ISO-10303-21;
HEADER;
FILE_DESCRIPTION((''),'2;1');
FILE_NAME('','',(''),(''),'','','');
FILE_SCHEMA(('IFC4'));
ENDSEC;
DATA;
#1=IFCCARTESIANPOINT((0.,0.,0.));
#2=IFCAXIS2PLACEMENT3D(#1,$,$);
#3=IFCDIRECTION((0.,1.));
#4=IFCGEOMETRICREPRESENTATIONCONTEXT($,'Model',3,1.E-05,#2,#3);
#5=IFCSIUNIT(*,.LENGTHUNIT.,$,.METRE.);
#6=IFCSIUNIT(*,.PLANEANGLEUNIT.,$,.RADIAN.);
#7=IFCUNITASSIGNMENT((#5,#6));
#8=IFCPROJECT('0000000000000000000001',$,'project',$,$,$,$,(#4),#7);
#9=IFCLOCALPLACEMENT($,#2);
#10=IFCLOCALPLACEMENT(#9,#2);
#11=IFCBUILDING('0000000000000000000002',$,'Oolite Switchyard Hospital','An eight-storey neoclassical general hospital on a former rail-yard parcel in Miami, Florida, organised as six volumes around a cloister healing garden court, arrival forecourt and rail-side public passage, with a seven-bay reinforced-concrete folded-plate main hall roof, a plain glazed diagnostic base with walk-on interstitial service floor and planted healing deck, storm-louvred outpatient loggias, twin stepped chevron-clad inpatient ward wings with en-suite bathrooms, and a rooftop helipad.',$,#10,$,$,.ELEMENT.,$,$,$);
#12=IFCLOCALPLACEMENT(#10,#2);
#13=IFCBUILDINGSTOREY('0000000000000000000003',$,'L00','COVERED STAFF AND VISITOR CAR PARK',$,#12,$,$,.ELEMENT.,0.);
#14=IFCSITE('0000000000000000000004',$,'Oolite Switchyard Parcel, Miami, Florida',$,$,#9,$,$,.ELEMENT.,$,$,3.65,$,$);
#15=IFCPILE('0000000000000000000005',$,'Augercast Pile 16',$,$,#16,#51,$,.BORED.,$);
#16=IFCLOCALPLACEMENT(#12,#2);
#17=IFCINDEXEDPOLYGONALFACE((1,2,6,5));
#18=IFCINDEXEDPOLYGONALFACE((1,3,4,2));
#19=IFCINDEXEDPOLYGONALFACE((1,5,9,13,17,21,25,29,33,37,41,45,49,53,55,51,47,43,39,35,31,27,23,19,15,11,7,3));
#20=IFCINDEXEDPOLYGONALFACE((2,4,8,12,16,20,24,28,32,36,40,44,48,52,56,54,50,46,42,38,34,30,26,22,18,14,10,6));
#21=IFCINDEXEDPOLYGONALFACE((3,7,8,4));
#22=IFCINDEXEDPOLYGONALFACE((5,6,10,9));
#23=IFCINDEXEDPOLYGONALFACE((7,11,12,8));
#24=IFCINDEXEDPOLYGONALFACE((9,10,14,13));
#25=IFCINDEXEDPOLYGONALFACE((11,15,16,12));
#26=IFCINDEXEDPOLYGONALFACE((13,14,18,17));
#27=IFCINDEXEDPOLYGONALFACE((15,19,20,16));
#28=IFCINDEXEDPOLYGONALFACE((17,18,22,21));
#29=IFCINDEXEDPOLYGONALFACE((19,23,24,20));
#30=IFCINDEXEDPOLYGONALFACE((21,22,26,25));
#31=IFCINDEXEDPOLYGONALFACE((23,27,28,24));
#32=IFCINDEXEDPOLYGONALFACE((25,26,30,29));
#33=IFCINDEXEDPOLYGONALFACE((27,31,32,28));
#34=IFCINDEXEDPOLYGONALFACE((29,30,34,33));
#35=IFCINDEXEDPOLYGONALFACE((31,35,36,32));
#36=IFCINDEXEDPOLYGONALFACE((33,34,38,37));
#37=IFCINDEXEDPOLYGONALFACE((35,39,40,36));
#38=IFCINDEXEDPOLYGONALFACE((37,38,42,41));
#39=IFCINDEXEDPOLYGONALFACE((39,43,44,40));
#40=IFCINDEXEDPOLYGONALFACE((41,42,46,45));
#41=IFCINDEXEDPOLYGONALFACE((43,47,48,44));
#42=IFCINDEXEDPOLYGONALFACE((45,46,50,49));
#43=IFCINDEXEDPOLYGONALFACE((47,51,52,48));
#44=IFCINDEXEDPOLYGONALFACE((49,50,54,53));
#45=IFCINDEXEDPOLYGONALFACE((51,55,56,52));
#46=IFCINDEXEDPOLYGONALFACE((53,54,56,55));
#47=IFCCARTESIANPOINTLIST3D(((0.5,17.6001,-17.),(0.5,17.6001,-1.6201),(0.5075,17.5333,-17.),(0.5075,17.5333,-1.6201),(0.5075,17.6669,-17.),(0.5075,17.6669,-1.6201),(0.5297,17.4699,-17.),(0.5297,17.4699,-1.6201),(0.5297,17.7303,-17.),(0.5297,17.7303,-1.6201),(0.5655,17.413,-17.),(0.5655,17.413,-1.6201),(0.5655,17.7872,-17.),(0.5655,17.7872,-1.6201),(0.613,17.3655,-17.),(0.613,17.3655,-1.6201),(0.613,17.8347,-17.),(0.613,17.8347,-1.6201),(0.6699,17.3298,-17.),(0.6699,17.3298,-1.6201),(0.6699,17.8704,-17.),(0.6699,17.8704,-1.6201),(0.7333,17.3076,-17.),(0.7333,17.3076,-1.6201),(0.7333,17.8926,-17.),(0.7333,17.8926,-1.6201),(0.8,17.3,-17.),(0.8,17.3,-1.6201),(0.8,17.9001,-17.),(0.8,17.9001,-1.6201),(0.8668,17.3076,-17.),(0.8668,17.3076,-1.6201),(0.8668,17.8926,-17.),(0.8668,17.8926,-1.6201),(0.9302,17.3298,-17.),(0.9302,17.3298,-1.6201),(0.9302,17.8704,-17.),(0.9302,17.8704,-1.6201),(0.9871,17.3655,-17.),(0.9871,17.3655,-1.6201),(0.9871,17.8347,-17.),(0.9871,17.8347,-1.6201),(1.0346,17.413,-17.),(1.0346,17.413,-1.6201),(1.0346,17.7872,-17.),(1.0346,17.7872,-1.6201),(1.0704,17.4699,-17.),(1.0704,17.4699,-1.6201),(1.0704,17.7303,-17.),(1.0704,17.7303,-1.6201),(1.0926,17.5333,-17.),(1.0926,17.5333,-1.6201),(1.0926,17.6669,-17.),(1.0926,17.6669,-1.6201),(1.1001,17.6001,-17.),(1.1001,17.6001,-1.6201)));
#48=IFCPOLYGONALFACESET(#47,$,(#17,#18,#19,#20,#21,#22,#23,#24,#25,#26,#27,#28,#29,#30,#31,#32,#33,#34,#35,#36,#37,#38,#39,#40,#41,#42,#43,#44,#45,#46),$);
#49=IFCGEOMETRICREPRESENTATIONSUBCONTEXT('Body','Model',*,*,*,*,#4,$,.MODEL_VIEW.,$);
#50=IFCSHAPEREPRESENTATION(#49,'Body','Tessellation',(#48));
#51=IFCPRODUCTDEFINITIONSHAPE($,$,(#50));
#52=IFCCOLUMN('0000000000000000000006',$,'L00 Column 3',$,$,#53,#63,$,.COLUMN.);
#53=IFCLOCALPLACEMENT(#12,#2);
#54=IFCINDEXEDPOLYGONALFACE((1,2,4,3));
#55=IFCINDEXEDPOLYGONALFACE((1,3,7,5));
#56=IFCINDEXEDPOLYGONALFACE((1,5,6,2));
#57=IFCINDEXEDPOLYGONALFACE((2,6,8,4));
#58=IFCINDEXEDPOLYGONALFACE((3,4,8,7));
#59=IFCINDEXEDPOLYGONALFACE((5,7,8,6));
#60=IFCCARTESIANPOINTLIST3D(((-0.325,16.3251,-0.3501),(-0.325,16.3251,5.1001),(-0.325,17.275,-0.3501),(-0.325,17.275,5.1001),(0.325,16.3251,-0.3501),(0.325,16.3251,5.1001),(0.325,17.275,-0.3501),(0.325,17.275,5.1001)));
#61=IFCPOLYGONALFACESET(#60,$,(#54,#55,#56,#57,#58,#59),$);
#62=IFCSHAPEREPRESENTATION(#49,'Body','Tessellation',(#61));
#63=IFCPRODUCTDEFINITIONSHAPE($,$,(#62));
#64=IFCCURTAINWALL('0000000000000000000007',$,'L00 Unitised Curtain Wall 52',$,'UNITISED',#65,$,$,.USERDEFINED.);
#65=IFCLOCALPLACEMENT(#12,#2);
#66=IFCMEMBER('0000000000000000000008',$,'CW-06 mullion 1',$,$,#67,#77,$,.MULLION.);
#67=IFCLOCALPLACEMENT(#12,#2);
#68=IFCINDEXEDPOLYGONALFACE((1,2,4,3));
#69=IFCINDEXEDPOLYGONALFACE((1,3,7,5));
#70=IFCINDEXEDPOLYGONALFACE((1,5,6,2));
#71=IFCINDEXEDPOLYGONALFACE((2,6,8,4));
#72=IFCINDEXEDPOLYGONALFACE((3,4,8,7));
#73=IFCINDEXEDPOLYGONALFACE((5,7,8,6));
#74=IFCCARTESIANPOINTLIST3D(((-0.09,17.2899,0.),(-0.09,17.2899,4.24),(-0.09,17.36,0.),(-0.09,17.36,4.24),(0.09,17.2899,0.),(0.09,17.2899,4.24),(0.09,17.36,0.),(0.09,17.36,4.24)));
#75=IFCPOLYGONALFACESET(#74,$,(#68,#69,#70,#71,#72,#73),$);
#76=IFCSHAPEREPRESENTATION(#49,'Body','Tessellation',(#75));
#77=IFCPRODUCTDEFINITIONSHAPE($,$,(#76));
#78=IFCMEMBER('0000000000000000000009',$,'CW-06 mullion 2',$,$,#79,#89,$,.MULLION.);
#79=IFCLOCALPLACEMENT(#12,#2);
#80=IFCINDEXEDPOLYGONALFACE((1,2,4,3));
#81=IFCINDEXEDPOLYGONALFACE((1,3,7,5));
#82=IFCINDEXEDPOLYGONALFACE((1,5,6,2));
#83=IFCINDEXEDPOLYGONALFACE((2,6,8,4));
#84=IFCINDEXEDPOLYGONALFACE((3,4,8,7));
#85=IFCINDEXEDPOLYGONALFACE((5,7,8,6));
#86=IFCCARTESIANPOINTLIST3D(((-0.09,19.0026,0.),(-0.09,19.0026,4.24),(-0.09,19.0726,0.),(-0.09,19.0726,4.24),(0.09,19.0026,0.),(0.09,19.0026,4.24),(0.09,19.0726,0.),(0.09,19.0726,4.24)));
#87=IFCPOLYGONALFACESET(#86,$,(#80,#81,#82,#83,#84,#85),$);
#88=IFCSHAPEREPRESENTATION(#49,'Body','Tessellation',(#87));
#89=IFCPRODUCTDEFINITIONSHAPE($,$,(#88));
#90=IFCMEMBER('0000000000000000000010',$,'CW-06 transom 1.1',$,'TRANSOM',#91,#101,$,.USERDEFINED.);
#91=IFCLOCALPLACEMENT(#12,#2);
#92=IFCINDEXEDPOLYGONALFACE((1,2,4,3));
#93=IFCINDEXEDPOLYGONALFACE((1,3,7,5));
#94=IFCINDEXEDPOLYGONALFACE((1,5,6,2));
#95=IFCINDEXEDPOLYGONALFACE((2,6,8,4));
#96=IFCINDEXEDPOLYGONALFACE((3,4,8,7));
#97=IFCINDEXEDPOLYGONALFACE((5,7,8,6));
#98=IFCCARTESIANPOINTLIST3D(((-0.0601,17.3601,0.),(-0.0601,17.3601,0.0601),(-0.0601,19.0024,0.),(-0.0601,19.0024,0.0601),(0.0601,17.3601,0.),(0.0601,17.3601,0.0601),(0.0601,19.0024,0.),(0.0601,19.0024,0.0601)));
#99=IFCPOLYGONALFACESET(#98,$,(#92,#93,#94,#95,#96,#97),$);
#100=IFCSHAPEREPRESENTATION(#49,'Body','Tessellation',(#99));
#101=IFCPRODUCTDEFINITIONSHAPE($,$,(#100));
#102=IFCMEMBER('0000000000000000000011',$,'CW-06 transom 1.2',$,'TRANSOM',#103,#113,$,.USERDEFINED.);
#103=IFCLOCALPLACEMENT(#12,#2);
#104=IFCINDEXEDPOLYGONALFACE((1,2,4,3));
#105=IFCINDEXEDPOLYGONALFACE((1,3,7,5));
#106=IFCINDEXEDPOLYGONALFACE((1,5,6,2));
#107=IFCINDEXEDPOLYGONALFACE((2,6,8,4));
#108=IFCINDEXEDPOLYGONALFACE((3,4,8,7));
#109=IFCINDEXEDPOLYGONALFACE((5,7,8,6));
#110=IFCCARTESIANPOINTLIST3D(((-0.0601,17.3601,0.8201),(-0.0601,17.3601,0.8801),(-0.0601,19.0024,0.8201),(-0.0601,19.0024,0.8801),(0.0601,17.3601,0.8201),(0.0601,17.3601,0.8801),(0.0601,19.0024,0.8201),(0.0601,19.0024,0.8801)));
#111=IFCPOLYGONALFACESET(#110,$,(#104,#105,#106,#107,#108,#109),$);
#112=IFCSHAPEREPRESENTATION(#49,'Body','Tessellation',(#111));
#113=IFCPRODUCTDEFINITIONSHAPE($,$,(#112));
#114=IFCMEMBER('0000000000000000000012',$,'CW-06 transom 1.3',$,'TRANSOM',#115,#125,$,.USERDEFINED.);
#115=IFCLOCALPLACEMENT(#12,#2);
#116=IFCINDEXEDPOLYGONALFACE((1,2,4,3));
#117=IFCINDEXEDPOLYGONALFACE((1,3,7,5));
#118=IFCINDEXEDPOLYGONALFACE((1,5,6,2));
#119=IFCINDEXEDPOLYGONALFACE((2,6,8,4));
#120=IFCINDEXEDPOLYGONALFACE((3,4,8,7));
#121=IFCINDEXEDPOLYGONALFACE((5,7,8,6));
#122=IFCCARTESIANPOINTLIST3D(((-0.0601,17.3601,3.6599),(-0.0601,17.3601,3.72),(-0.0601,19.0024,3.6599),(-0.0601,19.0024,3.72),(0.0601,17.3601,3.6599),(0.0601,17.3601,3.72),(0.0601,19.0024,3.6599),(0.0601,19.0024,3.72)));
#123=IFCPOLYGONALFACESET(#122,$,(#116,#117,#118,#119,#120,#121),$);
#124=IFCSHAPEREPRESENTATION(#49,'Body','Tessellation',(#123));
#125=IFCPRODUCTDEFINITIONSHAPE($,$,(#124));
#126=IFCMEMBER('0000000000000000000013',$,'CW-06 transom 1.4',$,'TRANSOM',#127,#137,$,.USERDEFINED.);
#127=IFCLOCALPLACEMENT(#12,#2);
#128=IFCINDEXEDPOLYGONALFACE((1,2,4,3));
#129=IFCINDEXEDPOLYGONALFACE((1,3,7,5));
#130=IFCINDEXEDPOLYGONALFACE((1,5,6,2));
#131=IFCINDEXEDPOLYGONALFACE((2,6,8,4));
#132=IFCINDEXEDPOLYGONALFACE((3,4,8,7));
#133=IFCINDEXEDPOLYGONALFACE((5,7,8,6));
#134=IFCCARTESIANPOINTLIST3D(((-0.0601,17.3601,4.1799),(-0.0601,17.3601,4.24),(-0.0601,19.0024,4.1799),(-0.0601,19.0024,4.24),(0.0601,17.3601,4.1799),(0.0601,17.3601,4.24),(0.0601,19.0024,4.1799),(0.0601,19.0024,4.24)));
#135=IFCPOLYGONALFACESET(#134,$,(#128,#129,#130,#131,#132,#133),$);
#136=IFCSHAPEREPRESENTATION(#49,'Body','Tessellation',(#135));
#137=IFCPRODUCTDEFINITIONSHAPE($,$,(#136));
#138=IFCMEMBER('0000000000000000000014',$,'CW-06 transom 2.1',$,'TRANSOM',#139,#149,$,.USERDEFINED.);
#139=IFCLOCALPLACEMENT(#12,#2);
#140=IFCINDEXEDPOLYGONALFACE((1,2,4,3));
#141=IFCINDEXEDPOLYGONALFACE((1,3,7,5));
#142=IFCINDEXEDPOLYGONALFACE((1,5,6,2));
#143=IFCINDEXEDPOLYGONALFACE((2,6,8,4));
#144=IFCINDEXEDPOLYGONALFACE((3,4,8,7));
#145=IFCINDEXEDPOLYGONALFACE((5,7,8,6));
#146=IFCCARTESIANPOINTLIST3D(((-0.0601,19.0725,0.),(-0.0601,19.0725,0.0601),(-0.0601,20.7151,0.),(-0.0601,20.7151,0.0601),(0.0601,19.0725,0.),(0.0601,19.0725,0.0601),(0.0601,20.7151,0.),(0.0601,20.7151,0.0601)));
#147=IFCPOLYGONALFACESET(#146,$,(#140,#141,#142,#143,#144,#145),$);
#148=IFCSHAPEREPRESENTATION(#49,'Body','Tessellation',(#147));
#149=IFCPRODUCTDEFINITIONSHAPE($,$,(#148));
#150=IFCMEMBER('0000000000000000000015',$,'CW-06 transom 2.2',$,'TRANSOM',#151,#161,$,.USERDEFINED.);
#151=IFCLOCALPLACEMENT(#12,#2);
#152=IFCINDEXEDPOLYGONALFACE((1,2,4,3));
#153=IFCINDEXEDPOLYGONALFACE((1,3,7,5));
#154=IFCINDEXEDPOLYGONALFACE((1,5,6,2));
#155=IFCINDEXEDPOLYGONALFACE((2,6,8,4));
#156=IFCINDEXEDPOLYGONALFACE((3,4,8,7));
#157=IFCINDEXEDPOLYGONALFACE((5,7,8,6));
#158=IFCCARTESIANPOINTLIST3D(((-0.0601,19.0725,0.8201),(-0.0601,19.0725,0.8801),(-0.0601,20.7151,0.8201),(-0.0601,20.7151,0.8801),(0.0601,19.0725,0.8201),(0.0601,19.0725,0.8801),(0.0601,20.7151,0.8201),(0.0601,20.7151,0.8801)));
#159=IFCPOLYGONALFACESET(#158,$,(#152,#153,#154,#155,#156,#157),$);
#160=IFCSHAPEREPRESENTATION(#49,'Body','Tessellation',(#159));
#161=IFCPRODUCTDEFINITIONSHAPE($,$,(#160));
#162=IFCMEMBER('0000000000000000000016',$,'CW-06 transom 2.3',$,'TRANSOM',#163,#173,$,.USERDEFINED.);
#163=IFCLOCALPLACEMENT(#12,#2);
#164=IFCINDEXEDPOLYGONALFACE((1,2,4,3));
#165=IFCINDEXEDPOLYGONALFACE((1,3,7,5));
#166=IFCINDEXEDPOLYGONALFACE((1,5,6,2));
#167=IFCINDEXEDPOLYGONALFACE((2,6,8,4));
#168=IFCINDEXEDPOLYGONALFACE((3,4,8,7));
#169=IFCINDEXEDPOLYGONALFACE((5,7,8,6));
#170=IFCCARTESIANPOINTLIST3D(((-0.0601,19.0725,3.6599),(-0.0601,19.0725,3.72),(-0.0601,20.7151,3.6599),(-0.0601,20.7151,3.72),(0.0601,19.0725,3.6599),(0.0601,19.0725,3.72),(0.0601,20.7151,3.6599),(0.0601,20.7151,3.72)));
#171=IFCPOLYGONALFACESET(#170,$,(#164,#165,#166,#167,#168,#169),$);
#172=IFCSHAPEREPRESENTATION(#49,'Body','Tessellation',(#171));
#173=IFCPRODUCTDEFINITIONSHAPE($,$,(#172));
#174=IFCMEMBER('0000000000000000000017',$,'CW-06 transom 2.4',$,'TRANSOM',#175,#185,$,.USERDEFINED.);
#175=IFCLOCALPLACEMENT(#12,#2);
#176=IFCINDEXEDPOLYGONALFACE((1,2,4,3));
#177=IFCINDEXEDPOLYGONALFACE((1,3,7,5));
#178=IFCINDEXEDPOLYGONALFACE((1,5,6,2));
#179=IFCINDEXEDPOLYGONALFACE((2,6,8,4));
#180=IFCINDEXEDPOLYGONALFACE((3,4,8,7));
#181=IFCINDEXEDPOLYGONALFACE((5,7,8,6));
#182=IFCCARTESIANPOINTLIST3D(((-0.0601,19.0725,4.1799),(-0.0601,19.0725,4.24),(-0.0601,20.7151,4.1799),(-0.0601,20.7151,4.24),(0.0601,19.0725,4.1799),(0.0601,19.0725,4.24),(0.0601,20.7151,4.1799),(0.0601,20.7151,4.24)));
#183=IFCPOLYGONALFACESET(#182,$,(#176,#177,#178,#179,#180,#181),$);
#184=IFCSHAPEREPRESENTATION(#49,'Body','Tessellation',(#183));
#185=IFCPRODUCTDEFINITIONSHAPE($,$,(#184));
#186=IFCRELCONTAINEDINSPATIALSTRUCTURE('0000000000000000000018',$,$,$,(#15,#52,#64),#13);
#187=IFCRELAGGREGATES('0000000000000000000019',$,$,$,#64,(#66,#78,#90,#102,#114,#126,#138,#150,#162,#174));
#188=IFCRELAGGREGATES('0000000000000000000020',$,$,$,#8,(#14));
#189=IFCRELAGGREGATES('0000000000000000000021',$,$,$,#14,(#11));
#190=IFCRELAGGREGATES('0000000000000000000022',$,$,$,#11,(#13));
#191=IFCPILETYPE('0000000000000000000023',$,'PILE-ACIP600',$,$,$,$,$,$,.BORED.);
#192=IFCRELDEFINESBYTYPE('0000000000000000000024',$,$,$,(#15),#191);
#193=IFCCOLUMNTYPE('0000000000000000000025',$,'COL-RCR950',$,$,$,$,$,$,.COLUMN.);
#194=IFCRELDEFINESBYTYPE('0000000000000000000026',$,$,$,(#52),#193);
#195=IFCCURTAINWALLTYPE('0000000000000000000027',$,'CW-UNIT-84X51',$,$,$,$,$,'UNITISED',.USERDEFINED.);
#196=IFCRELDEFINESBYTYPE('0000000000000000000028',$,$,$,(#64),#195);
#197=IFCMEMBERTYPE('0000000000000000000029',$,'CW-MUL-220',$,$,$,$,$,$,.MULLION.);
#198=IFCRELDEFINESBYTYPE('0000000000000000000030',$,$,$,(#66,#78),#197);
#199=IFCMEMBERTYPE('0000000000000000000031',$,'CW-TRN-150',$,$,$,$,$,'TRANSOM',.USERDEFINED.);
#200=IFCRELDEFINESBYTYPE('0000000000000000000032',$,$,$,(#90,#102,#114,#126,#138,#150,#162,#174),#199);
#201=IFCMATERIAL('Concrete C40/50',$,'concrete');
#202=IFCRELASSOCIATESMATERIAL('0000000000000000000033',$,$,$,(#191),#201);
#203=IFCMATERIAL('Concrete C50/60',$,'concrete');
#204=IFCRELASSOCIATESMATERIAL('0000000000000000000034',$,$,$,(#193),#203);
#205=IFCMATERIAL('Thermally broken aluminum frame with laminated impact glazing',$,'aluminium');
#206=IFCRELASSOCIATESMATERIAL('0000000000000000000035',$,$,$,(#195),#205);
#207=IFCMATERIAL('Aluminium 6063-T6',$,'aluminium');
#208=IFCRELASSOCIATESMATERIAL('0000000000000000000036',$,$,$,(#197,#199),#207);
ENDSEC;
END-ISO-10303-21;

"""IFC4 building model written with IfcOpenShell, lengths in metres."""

from ifc_helpers import new_model, si_unit, direction, frame, origin, origin_2d, place, context, subcontext, project, spatial, rectangle, circle, extrude, material, material_profile, profile_set, type_object, element, aggregate, save


model = new_model("IFC4")

# Units and contexts
model_context = context("Model", 3, precision=1e-05, world=origin(), true_north=direction((0.0, 1.0)))
body_context = subcontext(model_context, "Body", "Model", "MODEL_VIEW")
ifc_project = project(units=[si_unit("LENGTHUNIT", "METRE"), si_unit("PLANEANGLEUNIT", "RADIAN")], contexts=[model_context])

# Site, building, storey
site_placement = place(None, origin())
site = spatial("IfcSite", under=ifc_project, at=site_placement, Name="Oolite Switchyard Parcel, Miami, Florida", CompositionType="ELEMENT", RefElevation=3.65)
building_placement = place(site_placement, origin())
building = spatial("IfcBuilding", under=site, at=building_placement, Name="Oolite Switchyard Hospital", Description="An eight-storey neoclassical general hospital on a former rail-yard parcel in Miami, Florida, organised as six volumes around a cloister healing garden court, arrival forecourt and rail-side public passage, with a seven-bay reinforced-concrete folded-plate main hall roof, a plain glazed diagnostic base with walk-on interstitial service floor and planted healing deck, storm-louvred outpatient loggias, twin stepped chevron-clad inpatient ward wings with en-suite bathrooms, and a rooftop helipad.", CompositionType="ELEMENT")
storey_placement = place(building_placement, origin())
storey = spatial("IfcBuildingStorey", under=building, at=storey_placement, Name="L00", Description="COVERED STAFF AND VISITOR CAR PARK", CompositionType="ELEMENT", Elevation=0.0)

# Shared definitions
ifc_material_1 = material(Name="Concrete C40/50", Category="concrete")

# Pile
ifc_material_profile_1 = material_profile(ifc_material_1, circle(Radius=0.3, at=origin_2d()), Name="PILE600")
ifc_profile_set_1 = profile_set([ifc_material_profile_1], Name="Concrete C40/50")
pile_type = type_object("IfcPileType", Name="PILE-ACIP600", PredefinedType="BORED", material=ifc_profile_set_1)
for number, where, z_axis, x_axis, name in (
    (1, (0.8, 17.6001, -1.6201), (0.0, 0.0, -1.0), (1.0, 0.0, 0.0), "Augercast Pile 16"),
):
    element("IfcPile", number, at=place(storey_placement, frame(where, z_axis=z_axis, x_axis=x_axis)), inside=storey, type_object=pile_type, Name=name, PredefinedType="BORED", context=body_context, shape_type="SweptSolid", body=[
        extrude(circle(Radius=0.3, at=origin_2d()), origin(), (0.0, 0.0, 1.0), 15.3799),
    ])

# Column
ifc_material_2 = material(Name="Concrete C50/60", Category="concrete")
ifc_material_profile_2 = material_profile(ifc_material_2, rectangle(XDim=0.95, YDim=0.6499, at=origin_2d()), Name="RC950X650")
ifc_profile_set_2 = profile_set([ifc_material_profile_2], Name="Concrete C50/60")
column_type = type_object("IfcColumnType", Name="COL-RCR950", PredefinedType="COLUMN", material=ifc_profile_set_2)
column_placement = place(storey_placement, frame((0.0, 16.8, -0.3501), z_axis=(0.0, 0.0, 1.0), x_axis=(0.0, 1.0, 0.0)))
element("IfcColumn", 2, at=column_placement, inside=storey, type_object=column_type, Name="L00 Column 3", PredefinedType="COLUMN", context=body_context, shape_type="SweptSolid", body=[
    extrude(rectangle(XDim=0.95, YDim=0.6499, at=origin_2d()), origin(), (0.0, 0.0, 1.0), 5.4502),
])

# Curtain wall, members
ifc_material_3 = material(Name="Thermally broken aluminum frame with laminated impact glazing", Category="aluminium")
curtain_wall_type = type_object("IfcCurtainWallType", Name="CW-UNIT-84X51", ElementType="UNITISED", PredefinedType="USERDEFINED", material=ifc_material_3)
curtain_wall_placement = place(storey_placement, origin())
curtain_wall = element("IfcCurtainWall", 3, at=curtain_wall_placement, inside=storey, type_object=curtain_wall_type, Name="L00 Unitised Curtain Wall 52", ObjectType="UNITISED", PredefinedType="USERDEFINED")
ifc_material_4 = material(Name="Aluminium 6063-T6", Category="aluminium")
ifc_material_profile_3 = material_profile(ifc_material_4, rectangle(XDim=0.1799, YDim=0.0701, at=origin_2d()), Name="CWM70X180")
ifc_profile_set_3 = profile_set([ifc_material_profile_3], Name="Aluminium 6063-T6")
member_type_1 = type_object("IfcMemberType", Name="CW-MUL-220", PredefinedType="MULLION", material=ifc_profile_set_3)
member_1_placement = place(storey_placement, frame((0.0, 17.325, 0.0), z_axis=(0.0, 0.0, 1.0), x_axis=(-1.0, 0.0, 0.0)))
member_1 = element("IfcMember", 4, at=member_1_placement, type_object=member_type_1, Name="CW-06 mullion 1", PredefinedType="MULLION", context=body_context, shape_type="SweptSolid", body=[
    extrude(rectangle(XDim=0.1799, YDim=0.0701, at=origin_2d()), origin(), (0.0, 0.0, 1.0), 4.24),
])
member_2_placement = place(storey_placement, frame((0.0, 19.0376, 0.0), z_axis=(0.0, 0.0, 1.0), x_axis=(-1.0, 0.0, 0.0)))
member_2 = element("IfcMember", 5, at=member_2_placement, type_object=member_type_1, Name="CW-06 mullion 2", PredefinedType="MULLION", context=body_context, shape_type="SweptSolid", body=[
    extrude(rectangle(XDim=0.1799, YDim=0.0701, at=origin_2d()), origin(), (0.0, 0.0, 1.0), 4.24),
])
ifc_material_profile_4 = material_profile(ifc_material_4, rectangle(XDim=0.1201, YDim=0.0601, at=origin_2d()), Name="CWT60X120")
ifc_profile_set_4 = profile_set([ifc_material_profile_4], Name="Aluminium 6063-T6")
member_type_2 = type_object("IfcMemberType", Name="CW-TRN-150", ElementType="TRANSOM", PredefinedType="USERDEFINED", material=ifc_profile_set_4)
member_3_placement = place(storey_placement, frame((0.0, 17.3601, 0.03), z_axis=(0.0, 1.0, 0.0), x_axis=(-1.0, 0.0, 0.0)))
member_3 = element("IfcMember", 6, at=member_3_placement, type_object=member_type_2, Name="CW-06 transom 1.1", ObjectType="TRANSOM", PredefinedType="USERDEFINED", context=body_context, shape_type="SweptSolid", body=[
    extrude(rectangle(XDim=0.1201, YDim=0.0601, at=origin_2d()), origin(), (0.0, 0.0, 1.0), 1.6423),
])
member_4_placement = place(storey_placement, frame((0.0, 17.3601, 0.8501), z_axis=(0.0, 1.0, 0.0), x_axis=(-1.0, 0.0, 0.0)))
member_4 = element("IfcMember", 7, at=member_4_placement, type_object=member_type_2, Name="CW-06 transom 1.2", ObjectType="TRANSOM", PredefinedType="USERDEFINED", context=body_context, shape_type="SweptSolid", body=[
    extrude(rectangle(XDim=0.1201, YDim=0.0601, at=origin_2d()), origin(), (0.0, 0.0, 1.0), 1.6423),
])
member_5_placement = place(storey_placement, frame((0.0, 17.3601, 3.6899), z_axis=(0.0, 1.0, 0.0), x_axis=(-1.0, 0.0, 0.0)))
member_5 = element("IfcMember", 8, at=member_5_placement, type_object=member_type_2, Name="CW-06 transom 1.3", ObjectType="TRANSOM", PredefinedType="USERDEFINED", context=body_context, shape_type="SweptSolid", body=[
    extrude(rectangle(XDim=0.1201, YDim=0.0601, at=origin_2d()), origin(), (0.0, 0.0, 1.0), 1.6423),
])
member_6_placement = place(storey_placement, frame((0.0, 17.3601, 4.21), z_axis=(0.0, 1.0, 0.0), x_axis=(-1.0, 0.0, 0.0)))
member_6 = element("IfcMember", 9, at=member_6_placement, type_object=member_type_2, Name="CW-06 transom 1.4", ObjectType="TRANSOM", PredefinedType="USERDEFINED", context=body_context, shape_type="SweptSolid", body=[
    extrude(rectangle(XDim=0.1201, YDim=0.0601, at=origin_2d()), origin(), (0.0, 0.0, 1.0), 1.6423),
])
member_7_placement = place(storey_placement, frame((0.0, 19.0725, 0.03), z_axis=(0.0, 1.0, 0.0), x_axis=(-1.0, 0.0, 0.0)))
member_7 = element("IfcMember", 10, at=member_7_placement, type_object=member_type_2, Name="CW-06 transom 2.1", ObjectType="TRANSOM", PredefinedType="USERDEFINED", context=body_context, shape_type="SweptSolid", body=[
    extrude(rectangle(XDim=0.1201, YDim=0.0601, at=origin_2d()), origin(), (0.0, 0.0, 1.0), 1.6426),
])
member_8_placement = place(storey_placement, frame((0.0, 19.0725, 0.8501), z_axis=(0.0, 1.0, 0.0), x_axis=(-1.0, 0.0, 0.0)))
member_8 = element("IfcMember", 11, at=member_8_placement, type_object=member_type_2, Name="CW-06 transom 2.2", ObjectType="TRANSOM", PredefinedType="USERDEFINED", context=body_context, shape_type="SweptSolid", body=[
    extrude(rectangle(XDim=0.1201, YDim=0.0601, at=origin_2d()), origin(), (0.0, 0.0, 1.0), 1.6426),
])
member_9_placement = place(storey_placement, frame((0.0, 19.0725, 3.6899), z_axis=(0.0, 1.0, 0.0), x_axis=(-1.0, 0.0, 0.0)))
member_9 = element("IfcMember", 12, at=member_9_placement, type_object=member_type_2, Name="CW-06 transom 2.3", ObjectType="TRANSOM", PredefinedType="USERDEFINED", context=body_context, shape_type="SweptSolid", body=[
    extrude(rectangle(XDim=0.1201, YDim=0.0601, at=origin_2d()), origin(), (0.0, 0.0, 1.0), 1.6426),
])
member_10_placement = place(storey_placement, frame((0.0, 19.0725, 4.21), z_axis=(0.0, 1.0, 0.0), x_axis=(-1.0, 0.0, 0.0)))
member_10 = element("IfcMember", 13, at=member_10_placement, type_object=member_type_2, Name="CW-06 transom 2.4", ObjectType="TRANSOM", PredefinedType="USERDEFINED", context=body_context, shape_type="SweptSolid", body=[
    extrude(rectangle(XDim=0.1201, YDim=0.0601, at=origin_2d()), origin(), (0.0, 0.0, 1.0), 1.6426),
])

aggregate(curtain_wall, [member_1, member_2, member_3, member_4, member_5, member_6, member_7, member_8, member_9, member_10])

save(model, "model.ifc")
